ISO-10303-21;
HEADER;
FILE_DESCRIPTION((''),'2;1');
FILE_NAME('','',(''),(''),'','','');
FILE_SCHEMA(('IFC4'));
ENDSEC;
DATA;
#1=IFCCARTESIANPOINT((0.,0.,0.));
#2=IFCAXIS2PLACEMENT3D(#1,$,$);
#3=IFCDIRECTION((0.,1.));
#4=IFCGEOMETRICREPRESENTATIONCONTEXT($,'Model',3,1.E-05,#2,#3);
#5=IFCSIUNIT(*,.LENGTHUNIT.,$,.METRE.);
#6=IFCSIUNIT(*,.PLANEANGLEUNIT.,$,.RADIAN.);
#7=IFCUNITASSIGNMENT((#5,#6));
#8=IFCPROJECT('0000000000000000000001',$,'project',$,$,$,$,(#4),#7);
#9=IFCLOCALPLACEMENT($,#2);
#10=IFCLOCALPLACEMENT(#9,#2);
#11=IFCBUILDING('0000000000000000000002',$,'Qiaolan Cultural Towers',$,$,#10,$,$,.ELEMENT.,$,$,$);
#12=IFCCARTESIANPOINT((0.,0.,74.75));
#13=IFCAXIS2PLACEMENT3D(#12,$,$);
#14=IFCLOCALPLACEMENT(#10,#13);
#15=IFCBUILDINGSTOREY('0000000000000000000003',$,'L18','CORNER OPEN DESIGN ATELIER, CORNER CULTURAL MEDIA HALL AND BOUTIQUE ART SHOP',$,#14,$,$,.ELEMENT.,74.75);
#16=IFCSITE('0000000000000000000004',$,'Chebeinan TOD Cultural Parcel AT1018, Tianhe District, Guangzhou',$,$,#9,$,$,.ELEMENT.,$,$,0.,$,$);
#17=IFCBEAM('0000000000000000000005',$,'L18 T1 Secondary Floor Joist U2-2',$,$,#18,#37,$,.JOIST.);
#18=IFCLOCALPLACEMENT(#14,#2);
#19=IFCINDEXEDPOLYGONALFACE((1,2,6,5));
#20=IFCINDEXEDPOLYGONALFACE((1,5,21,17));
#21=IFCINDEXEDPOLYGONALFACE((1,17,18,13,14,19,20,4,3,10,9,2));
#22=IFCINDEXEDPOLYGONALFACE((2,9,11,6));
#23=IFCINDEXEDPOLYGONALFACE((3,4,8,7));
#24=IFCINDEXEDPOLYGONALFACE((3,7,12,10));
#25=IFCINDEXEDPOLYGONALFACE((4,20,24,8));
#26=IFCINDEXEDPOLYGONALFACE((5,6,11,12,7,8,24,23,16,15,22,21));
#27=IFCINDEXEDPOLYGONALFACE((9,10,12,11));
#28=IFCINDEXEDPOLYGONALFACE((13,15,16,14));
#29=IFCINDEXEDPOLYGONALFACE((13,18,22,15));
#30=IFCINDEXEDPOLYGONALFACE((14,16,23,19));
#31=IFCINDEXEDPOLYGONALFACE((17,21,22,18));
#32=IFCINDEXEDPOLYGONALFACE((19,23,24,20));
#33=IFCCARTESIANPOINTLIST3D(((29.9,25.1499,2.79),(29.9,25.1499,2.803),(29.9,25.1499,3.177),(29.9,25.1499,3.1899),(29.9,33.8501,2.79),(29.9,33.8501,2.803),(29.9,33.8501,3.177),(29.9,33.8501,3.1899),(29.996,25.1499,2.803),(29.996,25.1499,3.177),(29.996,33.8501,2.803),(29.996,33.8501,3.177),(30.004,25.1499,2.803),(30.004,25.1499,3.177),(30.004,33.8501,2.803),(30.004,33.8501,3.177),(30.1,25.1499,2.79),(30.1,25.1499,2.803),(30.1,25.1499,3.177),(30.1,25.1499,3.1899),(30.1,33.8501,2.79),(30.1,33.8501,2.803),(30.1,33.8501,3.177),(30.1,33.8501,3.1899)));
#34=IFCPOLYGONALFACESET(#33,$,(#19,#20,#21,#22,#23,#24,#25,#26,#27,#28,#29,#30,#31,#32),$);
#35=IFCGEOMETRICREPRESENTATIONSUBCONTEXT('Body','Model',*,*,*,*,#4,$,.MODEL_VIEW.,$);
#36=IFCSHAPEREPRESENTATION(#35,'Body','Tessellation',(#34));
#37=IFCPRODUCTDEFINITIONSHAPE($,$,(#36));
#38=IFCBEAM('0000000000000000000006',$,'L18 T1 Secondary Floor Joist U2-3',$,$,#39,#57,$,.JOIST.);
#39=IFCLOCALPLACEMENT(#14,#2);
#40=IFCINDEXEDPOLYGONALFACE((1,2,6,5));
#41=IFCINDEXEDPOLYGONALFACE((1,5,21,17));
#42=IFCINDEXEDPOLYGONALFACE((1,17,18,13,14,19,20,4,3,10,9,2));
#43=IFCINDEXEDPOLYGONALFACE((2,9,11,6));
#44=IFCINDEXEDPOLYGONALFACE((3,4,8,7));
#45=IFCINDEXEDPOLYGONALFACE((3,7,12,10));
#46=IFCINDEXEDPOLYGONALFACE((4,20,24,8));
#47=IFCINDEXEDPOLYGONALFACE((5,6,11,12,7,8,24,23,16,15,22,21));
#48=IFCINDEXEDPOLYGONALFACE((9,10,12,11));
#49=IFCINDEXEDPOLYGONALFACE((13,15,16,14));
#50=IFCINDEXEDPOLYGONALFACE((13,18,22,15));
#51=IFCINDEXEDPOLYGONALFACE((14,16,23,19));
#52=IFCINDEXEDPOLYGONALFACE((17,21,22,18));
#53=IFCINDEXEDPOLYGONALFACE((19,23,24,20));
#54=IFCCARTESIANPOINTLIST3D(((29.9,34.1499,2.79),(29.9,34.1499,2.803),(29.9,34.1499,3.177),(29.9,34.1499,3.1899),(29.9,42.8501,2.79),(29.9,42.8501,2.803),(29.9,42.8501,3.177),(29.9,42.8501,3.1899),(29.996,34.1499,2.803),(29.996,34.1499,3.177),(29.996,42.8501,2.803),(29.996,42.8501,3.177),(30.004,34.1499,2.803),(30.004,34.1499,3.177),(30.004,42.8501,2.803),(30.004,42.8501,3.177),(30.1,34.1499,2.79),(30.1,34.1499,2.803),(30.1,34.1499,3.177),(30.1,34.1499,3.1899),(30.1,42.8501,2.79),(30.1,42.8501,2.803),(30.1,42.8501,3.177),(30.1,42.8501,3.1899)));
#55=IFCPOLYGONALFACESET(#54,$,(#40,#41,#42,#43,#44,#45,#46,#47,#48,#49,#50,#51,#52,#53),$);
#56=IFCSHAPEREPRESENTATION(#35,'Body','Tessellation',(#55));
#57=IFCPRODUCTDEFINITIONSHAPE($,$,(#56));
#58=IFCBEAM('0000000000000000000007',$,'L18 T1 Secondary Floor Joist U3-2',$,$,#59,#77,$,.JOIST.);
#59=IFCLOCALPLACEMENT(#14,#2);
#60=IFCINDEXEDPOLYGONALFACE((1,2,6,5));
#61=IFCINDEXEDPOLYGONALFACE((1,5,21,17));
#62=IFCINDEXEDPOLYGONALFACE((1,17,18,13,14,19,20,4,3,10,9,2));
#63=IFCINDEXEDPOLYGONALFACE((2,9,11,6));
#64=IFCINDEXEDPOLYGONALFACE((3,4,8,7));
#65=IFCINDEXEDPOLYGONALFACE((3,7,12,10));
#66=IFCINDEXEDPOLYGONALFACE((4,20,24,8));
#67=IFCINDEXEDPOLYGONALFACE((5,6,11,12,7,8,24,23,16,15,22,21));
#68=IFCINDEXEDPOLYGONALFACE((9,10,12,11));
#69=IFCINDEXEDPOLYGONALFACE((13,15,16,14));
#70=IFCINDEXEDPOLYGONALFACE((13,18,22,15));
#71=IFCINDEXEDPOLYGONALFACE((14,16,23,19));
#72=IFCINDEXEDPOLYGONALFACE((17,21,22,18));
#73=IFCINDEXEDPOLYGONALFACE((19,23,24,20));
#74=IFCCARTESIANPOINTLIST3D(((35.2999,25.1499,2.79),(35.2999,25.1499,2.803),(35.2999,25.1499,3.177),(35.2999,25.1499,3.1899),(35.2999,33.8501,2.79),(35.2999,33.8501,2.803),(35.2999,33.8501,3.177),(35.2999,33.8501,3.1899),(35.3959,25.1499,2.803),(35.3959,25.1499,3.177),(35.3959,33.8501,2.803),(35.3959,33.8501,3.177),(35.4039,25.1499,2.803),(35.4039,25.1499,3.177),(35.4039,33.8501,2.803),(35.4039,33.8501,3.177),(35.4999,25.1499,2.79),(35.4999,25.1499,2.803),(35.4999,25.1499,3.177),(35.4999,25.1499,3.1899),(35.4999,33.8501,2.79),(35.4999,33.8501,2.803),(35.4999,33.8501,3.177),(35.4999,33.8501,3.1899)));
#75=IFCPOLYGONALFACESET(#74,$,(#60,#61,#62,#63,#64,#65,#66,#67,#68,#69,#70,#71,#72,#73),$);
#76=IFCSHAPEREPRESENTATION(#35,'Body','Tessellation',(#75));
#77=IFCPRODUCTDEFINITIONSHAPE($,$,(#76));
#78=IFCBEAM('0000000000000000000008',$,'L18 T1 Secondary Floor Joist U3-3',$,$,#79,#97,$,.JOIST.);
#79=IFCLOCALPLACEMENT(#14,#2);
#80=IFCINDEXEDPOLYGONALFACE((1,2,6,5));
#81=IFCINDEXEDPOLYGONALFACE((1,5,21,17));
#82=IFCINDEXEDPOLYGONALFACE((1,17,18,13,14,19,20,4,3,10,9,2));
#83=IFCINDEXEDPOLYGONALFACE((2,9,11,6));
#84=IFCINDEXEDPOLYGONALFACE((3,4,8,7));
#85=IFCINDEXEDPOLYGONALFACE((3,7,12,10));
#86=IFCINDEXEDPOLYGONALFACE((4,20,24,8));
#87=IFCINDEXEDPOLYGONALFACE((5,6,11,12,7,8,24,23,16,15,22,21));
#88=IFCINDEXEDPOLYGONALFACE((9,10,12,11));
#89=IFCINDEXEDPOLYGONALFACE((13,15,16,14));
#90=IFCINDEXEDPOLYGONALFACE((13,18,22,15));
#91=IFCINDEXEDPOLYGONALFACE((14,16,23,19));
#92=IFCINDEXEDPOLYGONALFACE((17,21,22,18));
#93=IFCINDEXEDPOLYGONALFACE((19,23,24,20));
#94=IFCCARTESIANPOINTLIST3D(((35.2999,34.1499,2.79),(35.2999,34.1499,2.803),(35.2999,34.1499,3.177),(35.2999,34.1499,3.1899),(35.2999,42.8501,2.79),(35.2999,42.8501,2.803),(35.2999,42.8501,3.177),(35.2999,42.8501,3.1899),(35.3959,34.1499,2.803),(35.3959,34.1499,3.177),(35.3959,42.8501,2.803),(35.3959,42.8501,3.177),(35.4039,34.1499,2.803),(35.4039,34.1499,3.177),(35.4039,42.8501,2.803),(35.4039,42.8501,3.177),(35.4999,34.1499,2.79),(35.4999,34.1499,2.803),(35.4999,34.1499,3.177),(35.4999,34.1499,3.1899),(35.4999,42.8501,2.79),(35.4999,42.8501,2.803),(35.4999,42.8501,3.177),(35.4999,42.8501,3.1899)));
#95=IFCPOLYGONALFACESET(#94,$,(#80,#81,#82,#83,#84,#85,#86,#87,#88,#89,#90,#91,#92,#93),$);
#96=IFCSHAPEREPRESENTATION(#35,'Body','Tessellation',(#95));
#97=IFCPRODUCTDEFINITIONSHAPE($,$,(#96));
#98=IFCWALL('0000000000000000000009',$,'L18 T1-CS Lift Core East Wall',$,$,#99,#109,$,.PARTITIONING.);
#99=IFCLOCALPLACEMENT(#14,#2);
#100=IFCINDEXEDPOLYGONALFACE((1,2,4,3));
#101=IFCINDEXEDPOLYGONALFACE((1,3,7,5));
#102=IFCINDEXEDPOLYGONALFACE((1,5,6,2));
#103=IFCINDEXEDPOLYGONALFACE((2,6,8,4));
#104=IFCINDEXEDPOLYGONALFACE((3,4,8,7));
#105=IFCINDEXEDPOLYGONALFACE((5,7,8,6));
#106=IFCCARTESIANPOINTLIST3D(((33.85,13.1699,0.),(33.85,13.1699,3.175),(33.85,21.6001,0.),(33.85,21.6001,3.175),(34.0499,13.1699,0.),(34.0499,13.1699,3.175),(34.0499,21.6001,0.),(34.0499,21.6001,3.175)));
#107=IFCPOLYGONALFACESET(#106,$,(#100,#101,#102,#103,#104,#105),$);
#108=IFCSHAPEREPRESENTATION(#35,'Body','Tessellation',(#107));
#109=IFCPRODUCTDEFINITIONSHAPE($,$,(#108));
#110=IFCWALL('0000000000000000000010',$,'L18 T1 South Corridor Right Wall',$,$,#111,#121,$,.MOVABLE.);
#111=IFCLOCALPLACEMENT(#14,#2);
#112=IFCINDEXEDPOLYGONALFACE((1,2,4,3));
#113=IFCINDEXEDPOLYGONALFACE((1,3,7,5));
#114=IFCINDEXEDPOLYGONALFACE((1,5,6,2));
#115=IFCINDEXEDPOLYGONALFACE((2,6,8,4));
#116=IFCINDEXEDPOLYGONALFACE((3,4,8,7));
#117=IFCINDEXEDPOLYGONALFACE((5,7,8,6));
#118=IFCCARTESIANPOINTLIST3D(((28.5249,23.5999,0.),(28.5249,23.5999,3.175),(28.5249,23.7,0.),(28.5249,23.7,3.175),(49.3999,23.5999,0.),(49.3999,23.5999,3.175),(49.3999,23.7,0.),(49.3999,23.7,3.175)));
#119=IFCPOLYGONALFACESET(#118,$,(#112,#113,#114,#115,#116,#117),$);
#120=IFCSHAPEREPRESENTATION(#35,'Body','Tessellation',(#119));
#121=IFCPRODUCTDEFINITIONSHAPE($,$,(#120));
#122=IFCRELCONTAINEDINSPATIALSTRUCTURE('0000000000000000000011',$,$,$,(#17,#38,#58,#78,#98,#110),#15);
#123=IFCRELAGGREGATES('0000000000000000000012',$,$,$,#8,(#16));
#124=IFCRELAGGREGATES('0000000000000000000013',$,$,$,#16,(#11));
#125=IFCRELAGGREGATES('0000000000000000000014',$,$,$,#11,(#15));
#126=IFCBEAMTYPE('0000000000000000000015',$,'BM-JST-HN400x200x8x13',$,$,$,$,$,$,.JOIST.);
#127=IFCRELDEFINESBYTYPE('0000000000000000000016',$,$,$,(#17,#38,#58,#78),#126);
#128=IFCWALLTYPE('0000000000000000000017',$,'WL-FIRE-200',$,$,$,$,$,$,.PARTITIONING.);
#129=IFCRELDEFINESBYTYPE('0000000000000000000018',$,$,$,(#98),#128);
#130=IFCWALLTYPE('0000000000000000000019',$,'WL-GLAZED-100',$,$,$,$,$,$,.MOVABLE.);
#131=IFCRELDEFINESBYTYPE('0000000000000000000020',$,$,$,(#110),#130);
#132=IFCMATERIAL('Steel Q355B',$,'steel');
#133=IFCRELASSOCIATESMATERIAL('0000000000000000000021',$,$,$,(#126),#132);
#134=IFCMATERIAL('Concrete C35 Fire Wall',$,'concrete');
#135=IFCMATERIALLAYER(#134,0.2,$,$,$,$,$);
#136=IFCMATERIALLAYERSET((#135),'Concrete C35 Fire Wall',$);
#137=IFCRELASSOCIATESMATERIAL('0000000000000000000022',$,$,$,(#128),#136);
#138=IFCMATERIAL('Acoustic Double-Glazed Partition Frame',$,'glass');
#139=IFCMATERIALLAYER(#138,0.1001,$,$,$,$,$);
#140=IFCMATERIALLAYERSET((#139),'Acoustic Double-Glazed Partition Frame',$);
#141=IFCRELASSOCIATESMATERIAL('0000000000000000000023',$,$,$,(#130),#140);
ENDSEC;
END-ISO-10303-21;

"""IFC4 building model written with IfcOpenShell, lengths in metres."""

from ifc_helpers import new_model, si_unit, direction, frame, frame_2d, origin, origin_2d, place, context, subcontext, project, spatial, rectangle, i_section, extrude, material, layer, layer_set, material_profile, profile_set, type_object, element, save


model = new_model("IFC4")

# Units and contexts
model_context = context("Model", 3, precision=1e-05, world=origin(), true_north=direction((0.0, 1.0)))
body_context = subcontext(model_context, "Body", "Model", "MODEL_VIEW")
ifc_project = project(units=[si_unit("LENGTHUNIT", "METRE"), si_unit("PLANEANGLEUNIT", "RADIAN")], contexts=[model_context])

# Site, building, storey
site_placement = place(None, origin())
site = spatial("IfcSite", under=ifc_project, at=site_placement, Name="Chebeinan TOD Cultural Parcel AT1018, Tianhe District, Guangzhou", CompositionType="ELEMENT", RefElevation=0.0)
building_placement = place(site_placement, origin())
building = spatial("IfcBuilding", under=site, at=building_placement, Name="Qiaolan Cultural Towers", CompositionType="ELEMENT")
storey_placement = place(building_placement, frame((0.0, 0.0, 74.75)))
storey = spatial("IfcBuildingStorey", under=building, at=storey_placement, Name="L18", Description="CORNER OPEN DESIGN ATELIER, CORNER CULTURAL MEDIA HALL AND BOUTIQUE ART SHOP", CompositionType="ELEMENT", Elevation=74.75)

# Beams
ifc_material_1 = material(Name="Steel Q355B", Category="steel")
ifc_material_profile = material_profile(ifc_material_1, i_section(OverallWidth=0.2, OverallDepth=0.3999, WebThickness=0.0081, FlangeThickness=0.0129, at=origin_2d()), Name="HN400x200x8x13")
ifc_profile_set = profile_set([ifc_material_profile], Name="Steel Q355B")
beam_type = type_object("IfcBeamType", Name="BM-JST-HN400x200x8x13", PredefinedType="JOIST", material=ifc_profile_set)
for number, where, z_axis, x_axis, name in (
    (1, (30.0, 25.1499, 2.99), (0.0, 1.0, 0.0), (-1.0, 0.0, 0.0), "L18 T1 Secondary Floor Joist U2-2"),
    (2, (30.0, 34.1499, 2.99), (0.0, 1.0, 0.0), (-1.0, 0.0, 0.0), "L18 T1 Secondary Floor Joist U2-3"),
    (3, (35.3999, 25.1499, 2.99), (0.0, 1.0, 0.0), (-1.0, 0.0, 0.0), "L18 T1 Secondary Floor Joist U3-2"),
    (4, (35.3999, 34.1499, 2.99), (0.0, 1.0, 0.0), (-1.0, 0.0, 0.0), "L18 T1 Secondary Floor Joist U3-3"),
):
    element("IfcBeam", number, at=place(storey_placement, frame(where, z_axis=z_axis, x_axis=x_axis)), inside=storey, type_object=beam_type, Name=name, PredefinedType="JOIST", context=body_context, shape_type="SweptSolid", body=[
        extrude(i_section(OverallWidth=0.2, OverallDepth=0.3999, WebThickness=0.0081, FlangeThickness=0.0129, at=origin_2d()), origin(), (0.0, 0.0, 1.0), 8.7002),
    ])

# Walls
ifc_material_2 = material(Name="Concrete C35 Fire Wall", Category="concrete")
ifc_layer_1 = layer(ifc_material_2, 0.2)
ifc_layer_set_1 = layer_set([ifc_layer_1], Name="Concrete C35 Fire Wall")
wall_type_1 = type_object("IfcWallType", Name="WL-FIRE-200", PredefinedType="PARTITIONING", material=ifc_layer_set_1)
wall_1_placement = place(storey_placement, frame((33.95, 21.6001, 0.0), z_axis=(0.0, 0.0, 1.0), x_axis=(0.0, -1.0, 0.0)))
element("IfcWall", 5, at=wall_1_placement, inside=storey, type_object=wall_type_1, Name="L18 T1-CS Lift Core East Wall", PredefinedType="PARTITIONING", context=body_context, shape_type="SweptSolid", body=[
    extrude(rectangle(XDim=8.4302, YDim=0.2, at=frame_2d((4.2151, 0.0))), origin(), (0.0, 0.0, 1.0), 3.175),
])
ifc_material_3 = material(Name="Acoustic Double-Glazed Partition Frame", Category="glass")
ifc_layer_2 = layer(ifc_material_3, 0.1001)
ifc_layer_set_2 = layer_set([ifc_layer_2], Name="Acoustic Double-Glazed Partition Frame")
wall_type_2 = type_object("IfcWallType", Name="WL-GLAZED-100", PredefinedType="MOVABLE", material=ifc_layer_set_2)
wall_2_placement = place(storey_placement, frame((28.5249, 23.6499, 0.0), z_axis=(0.0, 0.0, 1.0), x_axis=(1.0, 0.0, 0.0)))
element("IfcWall", 6, at=wall_2_placement, inside=storey, type_object=wall_type_2, Name="L18 T1 South Corridor Right Wall", PredefinedType="MOVABLE", context=body_context, shape_type="SweptSolid", body=[
    extrude(rectangle(XDim=20.875, YDim=0.1001, at=frame_2d((10.4375, 0.0))), origin(), (0.0, 0.0, 1.0), 3.175),
])

save(model, "model.ifc")
